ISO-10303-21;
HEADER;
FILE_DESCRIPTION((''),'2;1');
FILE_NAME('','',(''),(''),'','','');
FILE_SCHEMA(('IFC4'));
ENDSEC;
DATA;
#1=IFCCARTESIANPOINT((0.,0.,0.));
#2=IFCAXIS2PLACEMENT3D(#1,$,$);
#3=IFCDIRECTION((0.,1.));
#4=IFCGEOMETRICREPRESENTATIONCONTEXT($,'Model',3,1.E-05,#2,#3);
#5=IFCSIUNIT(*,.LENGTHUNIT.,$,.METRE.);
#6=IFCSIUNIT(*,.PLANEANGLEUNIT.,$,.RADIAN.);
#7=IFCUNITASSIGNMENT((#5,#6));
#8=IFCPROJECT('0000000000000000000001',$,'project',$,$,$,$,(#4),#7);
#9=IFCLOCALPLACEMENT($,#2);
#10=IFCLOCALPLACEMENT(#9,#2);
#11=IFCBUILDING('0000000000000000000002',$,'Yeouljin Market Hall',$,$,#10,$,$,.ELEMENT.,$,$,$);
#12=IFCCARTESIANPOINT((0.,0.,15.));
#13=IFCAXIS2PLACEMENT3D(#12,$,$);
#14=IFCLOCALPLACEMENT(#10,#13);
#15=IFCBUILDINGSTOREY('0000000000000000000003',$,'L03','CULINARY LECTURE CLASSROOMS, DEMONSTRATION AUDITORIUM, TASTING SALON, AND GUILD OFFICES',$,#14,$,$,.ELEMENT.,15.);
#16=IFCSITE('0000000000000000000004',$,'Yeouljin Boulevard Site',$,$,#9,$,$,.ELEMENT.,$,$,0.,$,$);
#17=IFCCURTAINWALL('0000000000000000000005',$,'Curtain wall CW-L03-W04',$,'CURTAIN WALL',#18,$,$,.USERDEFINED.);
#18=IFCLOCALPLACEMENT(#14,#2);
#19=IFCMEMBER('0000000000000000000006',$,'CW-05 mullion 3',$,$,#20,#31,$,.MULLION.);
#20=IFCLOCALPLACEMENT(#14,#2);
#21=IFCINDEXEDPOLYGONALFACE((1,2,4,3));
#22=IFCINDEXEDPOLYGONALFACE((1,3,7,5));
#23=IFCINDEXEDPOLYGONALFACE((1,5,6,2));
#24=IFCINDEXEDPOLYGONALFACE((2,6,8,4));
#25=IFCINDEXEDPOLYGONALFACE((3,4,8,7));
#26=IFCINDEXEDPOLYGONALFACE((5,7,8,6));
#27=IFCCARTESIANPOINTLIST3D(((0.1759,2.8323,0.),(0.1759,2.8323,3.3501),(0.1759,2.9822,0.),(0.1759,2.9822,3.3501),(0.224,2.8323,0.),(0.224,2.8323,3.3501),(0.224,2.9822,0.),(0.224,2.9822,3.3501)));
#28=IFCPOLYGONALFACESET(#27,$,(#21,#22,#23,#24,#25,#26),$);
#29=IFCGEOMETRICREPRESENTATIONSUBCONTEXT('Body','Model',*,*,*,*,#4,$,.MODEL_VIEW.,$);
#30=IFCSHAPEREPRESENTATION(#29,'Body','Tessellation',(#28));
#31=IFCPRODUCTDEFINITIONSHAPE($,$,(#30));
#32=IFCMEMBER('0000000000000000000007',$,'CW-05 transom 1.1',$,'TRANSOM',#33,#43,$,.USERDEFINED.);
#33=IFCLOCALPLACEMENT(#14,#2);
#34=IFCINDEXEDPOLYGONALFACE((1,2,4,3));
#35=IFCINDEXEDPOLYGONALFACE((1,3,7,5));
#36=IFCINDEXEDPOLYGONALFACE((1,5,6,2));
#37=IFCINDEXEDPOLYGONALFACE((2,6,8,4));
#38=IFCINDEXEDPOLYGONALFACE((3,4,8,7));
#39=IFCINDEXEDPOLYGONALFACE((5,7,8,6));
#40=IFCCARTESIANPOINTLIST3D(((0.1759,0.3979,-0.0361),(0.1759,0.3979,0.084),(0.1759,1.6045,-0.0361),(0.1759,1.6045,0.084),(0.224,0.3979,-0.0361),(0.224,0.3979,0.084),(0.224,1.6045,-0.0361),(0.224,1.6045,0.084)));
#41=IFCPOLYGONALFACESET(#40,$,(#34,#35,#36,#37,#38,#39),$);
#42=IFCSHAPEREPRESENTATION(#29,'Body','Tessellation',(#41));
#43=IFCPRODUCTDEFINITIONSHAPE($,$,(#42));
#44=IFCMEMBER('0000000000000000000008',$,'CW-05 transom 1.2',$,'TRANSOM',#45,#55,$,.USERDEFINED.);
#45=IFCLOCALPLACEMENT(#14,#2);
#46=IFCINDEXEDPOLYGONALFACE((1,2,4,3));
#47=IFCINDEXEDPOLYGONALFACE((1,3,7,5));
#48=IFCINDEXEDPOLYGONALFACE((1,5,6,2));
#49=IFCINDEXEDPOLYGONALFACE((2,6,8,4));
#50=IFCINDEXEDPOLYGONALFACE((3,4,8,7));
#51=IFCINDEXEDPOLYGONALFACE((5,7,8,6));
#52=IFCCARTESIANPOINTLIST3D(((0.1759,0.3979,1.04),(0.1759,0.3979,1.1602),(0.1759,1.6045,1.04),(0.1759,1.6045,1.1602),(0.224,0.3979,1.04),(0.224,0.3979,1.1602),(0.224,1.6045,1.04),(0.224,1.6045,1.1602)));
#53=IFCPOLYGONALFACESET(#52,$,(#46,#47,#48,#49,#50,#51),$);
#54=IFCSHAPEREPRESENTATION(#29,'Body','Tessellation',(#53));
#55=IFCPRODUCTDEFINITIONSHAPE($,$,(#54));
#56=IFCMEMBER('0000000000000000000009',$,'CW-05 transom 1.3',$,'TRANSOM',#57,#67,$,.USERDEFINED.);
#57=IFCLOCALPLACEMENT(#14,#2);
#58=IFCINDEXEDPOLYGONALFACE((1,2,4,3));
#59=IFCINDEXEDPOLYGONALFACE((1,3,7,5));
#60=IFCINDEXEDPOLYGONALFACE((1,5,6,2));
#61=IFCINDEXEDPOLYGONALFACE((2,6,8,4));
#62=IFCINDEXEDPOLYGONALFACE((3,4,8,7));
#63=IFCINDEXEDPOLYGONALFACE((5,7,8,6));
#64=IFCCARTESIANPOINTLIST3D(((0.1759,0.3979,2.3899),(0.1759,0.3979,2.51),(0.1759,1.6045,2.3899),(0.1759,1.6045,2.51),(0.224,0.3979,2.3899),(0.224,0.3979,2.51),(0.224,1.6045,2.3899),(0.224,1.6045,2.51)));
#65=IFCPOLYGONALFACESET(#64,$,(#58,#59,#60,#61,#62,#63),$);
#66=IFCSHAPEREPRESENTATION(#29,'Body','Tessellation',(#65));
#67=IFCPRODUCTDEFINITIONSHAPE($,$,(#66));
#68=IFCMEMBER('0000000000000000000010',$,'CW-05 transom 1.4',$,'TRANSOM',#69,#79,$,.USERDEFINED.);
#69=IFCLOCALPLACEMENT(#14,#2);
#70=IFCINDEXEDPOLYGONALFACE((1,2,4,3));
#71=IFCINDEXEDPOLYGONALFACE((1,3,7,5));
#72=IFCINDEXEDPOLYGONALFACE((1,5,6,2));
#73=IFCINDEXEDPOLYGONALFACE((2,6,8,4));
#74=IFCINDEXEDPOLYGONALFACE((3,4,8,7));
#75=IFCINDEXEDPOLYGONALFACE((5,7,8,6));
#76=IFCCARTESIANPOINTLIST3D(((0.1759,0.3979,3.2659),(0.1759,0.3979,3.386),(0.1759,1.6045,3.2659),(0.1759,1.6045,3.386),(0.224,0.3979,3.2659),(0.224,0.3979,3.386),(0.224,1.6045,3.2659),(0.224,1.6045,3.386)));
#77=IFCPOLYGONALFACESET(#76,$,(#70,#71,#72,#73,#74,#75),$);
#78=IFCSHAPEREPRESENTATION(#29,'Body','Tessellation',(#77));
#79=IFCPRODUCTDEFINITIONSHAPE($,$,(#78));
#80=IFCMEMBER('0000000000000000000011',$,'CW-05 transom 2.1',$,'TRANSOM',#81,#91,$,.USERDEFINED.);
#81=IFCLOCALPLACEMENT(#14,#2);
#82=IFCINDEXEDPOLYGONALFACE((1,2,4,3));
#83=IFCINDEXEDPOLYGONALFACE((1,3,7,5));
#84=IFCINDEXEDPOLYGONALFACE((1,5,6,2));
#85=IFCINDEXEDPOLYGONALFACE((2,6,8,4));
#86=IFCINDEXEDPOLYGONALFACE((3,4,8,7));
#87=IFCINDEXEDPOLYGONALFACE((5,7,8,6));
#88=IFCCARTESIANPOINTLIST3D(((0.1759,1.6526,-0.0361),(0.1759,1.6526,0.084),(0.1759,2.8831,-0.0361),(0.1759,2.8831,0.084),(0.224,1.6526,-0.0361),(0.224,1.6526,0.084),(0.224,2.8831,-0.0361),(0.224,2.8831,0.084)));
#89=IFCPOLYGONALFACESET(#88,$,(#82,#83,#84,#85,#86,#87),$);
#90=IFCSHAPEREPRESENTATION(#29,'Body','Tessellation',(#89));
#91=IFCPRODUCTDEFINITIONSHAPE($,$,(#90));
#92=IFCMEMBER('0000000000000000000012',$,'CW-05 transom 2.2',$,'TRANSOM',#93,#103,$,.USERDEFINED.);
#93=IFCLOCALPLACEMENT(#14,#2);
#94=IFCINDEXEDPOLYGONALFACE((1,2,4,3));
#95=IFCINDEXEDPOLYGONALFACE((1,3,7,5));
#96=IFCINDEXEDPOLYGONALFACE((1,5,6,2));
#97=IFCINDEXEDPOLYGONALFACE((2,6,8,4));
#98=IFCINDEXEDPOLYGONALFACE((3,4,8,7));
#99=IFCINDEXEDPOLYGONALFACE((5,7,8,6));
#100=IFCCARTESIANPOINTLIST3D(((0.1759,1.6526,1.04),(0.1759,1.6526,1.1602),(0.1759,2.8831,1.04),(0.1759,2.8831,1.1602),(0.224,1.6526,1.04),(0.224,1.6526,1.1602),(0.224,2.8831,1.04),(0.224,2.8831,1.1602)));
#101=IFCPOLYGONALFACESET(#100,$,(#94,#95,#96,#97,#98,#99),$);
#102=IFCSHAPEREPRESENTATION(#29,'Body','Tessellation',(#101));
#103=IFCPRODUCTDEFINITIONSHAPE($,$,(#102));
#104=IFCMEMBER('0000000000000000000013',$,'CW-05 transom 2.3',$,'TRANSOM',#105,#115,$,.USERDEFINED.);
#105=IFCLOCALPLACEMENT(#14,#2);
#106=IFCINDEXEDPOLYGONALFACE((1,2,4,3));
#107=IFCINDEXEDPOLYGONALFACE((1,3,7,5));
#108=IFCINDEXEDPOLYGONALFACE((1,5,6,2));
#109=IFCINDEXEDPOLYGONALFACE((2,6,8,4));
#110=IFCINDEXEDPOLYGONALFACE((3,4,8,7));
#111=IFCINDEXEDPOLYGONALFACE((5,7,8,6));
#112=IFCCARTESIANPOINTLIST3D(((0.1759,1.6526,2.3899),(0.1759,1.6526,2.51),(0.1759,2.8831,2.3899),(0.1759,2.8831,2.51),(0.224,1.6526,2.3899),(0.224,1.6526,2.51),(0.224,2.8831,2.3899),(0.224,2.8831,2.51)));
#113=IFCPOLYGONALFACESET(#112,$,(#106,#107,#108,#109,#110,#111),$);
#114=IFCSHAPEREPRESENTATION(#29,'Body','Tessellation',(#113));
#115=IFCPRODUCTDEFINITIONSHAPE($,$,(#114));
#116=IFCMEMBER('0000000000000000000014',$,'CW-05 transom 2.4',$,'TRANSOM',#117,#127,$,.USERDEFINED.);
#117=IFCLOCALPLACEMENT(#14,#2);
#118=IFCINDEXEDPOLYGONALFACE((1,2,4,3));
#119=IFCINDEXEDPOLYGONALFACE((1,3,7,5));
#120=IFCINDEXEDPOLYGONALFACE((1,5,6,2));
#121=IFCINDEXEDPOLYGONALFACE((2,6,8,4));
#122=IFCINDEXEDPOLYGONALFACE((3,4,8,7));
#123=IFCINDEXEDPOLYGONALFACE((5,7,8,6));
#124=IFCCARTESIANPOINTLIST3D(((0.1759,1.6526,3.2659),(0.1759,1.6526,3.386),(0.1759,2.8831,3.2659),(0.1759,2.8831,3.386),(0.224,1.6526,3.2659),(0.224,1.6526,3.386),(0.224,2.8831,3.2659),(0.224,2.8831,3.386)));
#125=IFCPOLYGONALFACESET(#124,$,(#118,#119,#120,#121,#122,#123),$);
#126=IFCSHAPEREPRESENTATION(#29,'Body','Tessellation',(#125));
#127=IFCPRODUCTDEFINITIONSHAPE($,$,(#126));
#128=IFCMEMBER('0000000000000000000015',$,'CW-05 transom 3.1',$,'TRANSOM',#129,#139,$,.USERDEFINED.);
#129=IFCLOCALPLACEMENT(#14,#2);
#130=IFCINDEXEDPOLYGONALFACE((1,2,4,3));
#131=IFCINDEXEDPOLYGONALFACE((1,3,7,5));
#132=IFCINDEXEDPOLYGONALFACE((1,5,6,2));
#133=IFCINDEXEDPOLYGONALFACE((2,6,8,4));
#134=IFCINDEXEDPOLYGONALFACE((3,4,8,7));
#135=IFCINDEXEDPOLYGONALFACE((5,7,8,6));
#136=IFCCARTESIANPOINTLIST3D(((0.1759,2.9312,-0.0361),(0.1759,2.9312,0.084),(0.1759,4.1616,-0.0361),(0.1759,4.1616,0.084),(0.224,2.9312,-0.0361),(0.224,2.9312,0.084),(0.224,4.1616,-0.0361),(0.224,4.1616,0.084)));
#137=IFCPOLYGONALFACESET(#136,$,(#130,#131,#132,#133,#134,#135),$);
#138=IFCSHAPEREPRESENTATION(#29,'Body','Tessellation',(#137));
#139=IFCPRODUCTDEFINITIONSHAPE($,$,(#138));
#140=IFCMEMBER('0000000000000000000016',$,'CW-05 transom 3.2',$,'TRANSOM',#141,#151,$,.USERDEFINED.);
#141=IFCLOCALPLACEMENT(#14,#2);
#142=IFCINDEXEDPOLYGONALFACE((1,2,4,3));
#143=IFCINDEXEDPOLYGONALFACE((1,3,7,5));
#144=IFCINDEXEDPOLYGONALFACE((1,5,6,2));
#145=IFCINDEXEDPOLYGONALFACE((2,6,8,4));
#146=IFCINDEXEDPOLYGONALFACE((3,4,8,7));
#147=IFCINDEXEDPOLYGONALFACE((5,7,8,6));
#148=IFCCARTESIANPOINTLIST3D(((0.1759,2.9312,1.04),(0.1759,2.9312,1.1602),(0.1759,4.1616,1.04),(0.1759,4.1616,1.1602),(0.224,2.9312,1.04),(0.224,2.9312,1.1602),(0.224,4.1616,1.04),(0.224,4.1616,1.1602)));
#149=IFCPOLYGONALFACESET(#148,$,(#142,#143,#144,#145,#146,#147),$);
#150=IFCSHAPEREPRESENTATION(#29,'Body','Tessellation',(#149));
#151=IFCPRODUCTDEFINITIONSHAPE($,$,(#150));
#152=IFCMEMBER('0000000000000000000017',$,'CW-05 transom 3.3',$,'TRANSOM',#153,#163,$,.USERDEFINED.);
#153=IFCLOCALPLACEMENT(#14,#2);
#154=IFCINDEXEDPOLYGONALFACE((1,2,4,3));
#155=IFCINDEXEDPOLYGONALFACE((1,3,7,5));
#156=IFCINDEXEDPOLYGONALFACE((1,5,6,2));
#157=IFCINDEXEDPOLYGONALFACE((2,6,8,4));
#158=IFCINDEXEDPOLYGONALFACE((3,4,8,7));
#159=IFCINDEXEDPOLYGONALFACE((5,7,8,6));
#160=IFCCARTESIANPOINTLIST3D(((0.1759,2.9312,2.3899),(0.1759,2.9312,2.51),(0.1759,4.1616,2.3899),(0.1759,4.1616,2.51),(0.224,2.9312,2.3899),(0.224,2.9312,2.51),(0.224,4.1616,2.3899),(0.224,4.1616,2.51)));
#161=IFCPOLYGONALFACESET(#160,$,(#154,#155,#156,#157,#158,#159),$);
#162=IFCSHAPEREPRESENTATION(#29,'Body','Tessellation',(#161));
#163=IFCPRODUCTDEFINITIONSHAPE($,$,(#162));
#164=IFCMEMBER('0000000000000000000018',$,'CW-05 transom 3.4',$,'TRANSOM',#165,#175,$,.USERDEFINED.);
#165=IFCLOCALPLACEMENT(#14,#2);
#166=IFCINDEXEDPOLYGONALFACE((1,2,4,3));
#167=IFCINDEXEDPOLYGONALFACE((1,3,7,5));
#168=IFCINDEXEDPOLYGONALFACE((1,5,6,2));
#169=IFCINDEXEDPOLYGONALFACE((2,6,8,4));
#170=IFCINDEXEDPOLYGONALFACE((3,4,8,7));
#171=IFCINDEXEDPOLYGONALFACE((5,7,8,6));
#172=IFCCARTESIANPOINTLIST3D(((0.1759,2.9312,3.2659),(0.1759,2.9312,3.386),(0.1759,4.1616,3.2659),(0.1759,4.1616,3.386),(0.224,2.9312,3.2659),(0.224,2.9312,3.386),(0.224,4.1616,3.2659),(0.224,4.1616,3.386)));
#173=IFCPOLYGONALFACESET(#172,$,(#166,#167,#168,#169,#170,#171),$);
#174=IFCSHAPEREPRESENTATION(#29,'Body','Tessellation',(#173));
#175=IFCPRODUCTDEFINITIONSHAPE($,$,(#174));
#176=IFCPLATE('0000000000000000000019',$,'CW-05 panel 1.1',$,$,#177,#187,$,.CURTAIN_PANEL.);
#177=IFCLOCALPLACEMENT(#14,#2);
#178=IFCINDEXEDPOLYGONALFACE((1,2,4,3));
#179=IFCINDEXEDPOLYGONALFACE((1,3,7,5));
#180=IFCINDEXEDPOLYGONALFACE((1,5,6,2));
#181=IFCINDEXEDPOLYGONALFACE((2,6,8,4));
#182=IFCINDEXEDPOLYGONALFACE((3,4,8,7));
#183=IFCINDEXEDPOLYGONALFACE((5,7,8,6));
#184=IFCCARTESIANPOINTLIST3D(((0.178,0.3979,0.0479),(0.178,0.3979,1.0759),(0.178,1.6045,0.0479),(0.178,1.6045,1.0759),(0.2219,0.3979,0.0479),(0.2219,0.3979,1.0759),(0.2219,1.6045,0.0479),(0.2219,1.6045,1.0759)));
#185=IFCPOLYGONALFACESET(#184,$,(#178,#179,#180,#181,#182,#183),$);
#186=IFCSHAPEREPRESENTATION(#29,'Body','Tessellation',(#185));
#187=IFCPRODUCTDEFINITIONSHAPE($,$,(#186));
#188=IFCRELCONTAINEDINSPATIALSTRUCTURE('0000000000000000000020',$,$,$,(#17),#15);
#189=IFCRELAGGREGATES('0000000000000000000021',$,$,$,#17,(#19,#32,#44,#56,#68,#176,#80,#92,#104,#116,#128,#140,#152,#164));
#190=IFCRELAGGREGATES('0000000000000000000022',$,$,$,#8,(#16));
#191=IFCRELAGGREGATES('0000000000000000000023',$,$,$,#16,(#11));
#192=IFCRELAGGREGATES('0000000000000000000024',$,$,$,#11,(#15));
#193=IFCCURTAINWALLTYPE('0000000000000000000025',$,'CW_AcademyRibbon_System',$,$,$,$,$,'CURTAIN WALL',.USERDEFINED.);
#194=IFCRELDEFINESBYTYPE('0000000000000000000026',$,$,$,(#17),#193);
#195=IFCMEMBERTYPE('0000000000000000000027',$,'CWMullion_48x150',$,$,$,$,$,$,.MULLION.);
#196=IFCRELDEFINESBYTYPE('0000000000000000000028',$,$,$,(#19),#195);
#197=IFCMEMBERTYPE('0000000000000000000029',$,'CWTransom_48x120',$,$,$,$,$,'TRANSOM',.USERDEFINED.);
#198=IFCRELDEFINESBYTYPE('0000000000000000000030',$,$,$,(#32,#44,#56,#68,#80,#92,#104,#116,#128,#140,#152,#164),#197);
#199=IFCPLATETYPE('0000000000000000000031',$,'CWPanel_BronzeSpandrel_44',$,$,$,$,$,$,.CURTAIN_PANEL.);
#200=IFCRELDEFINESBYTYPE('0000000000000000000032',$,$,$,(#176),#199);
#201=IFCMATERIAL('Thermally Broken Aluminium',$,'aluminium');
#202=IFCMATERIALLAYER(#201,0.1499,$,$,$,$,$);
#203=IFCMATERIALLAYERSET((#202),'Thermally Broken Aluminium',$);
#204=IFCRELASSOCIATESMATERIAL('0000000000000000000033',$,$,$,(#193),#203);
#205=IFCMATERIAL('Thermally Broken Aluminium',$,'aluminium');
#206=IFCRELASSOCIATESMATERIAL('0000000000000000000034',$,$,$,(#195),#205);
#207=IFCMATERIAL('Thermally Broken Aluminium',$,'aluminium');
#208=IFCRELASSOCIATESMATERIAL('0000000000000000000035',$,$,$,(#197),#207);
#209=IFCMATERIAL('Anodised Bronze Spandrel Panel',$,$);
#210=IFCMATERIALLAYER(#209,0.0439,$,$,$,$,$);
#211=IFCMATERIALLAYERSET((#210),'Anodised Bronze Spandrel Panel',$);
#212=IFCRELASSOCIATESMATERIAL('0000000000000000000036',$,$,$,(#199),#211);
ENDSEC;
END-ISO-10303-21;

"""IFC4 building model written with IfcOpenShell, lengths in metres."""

from ifc_helpers import new_model, si_unit, direction, frame, origin, origin_2d, place, context, subcontext, project, spatial, rectangle, extrude, material, layer, layer_set, material_profile, profile_set, type_object, element, aggregate, save


model = new_model("IFC4")

# Units and contexts
model_context = context("Model", 3, precision=1e-05, world=origin(), true_north=direction((0.0, 1.0)))
body_context = subcontext(model_context, "Body", "Model", "MODEL_VIEW")
ifc_project = project(units=[si_unit("LENGTHUNIT", "METRE"), si_unit("PLANEANGLEUNIT", "RADIAN")], contexts=[model_context])

# Site, building, storey
site_placement = place(None, origin())
site = spatial("IfcSite", under=ifc_project, at=site_placement, Name="Yeouljin Boulevard Site", CompositionType="ELEMENT", RefElevation=0.0)
building_placement = place(site_placement, origin())
building = spatial("IfcBuilding", under=site, at=building_placement, Name="Yeouljin Market Hall", CompositionType="ELEMENT")
storey_placement = place(building_placement, frame((0.0, 0.0, 15.0)))
storey = spatial("IfcBuildingStorey", under=building, at=storey_placement, Name="L03", Description="CULINARY LECTURE CLASSROOMS, DEMONSTRATION AUDITORIUM, TASTING SALON, AND GUILD OFFICES", CompositionType="ELEMENT", Elevation=15.0)

# Curtain wall, members, plate
ifc_material_1 = material(Name="Thermally Broken Aluminium", Category="aluminium")
ifc_layer_1 = layer(ifc_material_1, 0.1499)
ifc_layer_set_1 = layer_set([ifc_layer_1], Name="Thermally Broken Aluminium")
curtain_wall_type = type_object("IfcCurtainWallType", Name="CW_AcademyRibbon_System", ElementType="CURTAIN WALL", PredefinedType="USERDEFINED", material=ifc_layer_set_1)
curtain_wall_placement = place(storey_placement, origin())
curtain_wall = element("IfcCurtainWall", 1, at=curtain_wall_placement, inside=storey, type_object=curtain_wall_type, Name="Curtain wall CW-L03-W04", ObjectType="CURTAIN WALL", PredefinedType="USERDEFINED")
ifc_material_2 = material(Name="Thermally Broken Aluminium", Category="aluminium")
ifc_material_profile_1 = material_profile(ifc_material_2, rectangle(XDim=0.0481, YDim=0.1499, at=origin_2d()), Name="CW-MULL-48x150")
ifc_profile_set_1 = profile_set([ifc_material_profile_1], Name="Thermally Broken Aluminium")
member_type_1 = type_object("IfcMemberType", Name="CWMullion_48x150", PredefinedType="MULLION", material=ifc_profile_set_1)
member_1_placement = place(storey_placement, frame((0.2, 2.9072, 0.0), z_axis=(0.0, 0.0, 1.0), x_axis=(-1.0, 0.0, 0.0)))
member_1 = element("IfcMember", 2, at=member_1_placement, type_object=member_type_1, Name="CW-05 mullion 3", PredefinedType="MULLION", context=body_context, shape_type="SweptSolid", body=[
    extrude(rectangle(XDim=0.0481, YDim=0.1499, at=origin_2d()), origin(), (0.0, 0.0, 1.0), 3.3501),
])
ifc_material_3 = material(Name="Thermally Broken Aluminium", Category="aluminium")
ifc_material_profile_2 = material_profile(ifc_material_3, rectangle(XDim=0.0481, YDim=0.1201, at=origin_2d()), Name="CW-TRAN-48x120")
ifc_profile_set_2 = profile_set([ifc_material_profile_2], Name="Thermally Broken Aluminium")
member_type_2 = type_object("IfcMemberType", Name="CWTransom_48x120", ElementType="TRANSOM", PredefinedType="USERDEFINED", material=ifc_profile_set_2)
member_2_placement = place(storey_placement, frame((0.2, 0.3979, 0.0239), z_axis=(0.0, 1.0, 0.0), x_axis=(-1.0, 0.0, 0.0)))
member_2 = element("IfcMember", 3, at=member_2_placement, type_object=member_type_2, Name="CW-05 transom 1.1", ObjectType="TRANSOM", PredefinedType="USERDEFINED", context=body_context, shape_type="SweptSolid", body=[
    extrude(rectangle(XDim=0.0481, YDim=0.1201, at=origin_2d()), origin(), (0.0, 0.0, 1.0), 1.2065),
])
member_3_placement = place(storey_placement, frame((0.2, 0.3979, 1.1001), z_axis=(0.0, 1.0, 0.0), x_axis=(-1.0, 0.0, 0.0)))
member_3 = element("IfcMember", 4, at=member_3_placement, type_object=member_type_2, Name="CW-05 transom 1.2", ObjectType="TRANSOM", PredefinedType="USERDEFINED", context=body_context, shape_type="SweptSolid", body=[
    extrude(rectangle(XDim=0.0481, YDim=0.1201, at=origin_2d()), origin(), (0.0, 0.0, 1.0), 1.2065),
])
member_4_placement = place(storey_placement, frame((0.2, 0.3979, 2.45), z_axis=(0.0, 1.0, 0.0), x_axis=(-1.0, 0.0, 0.0)))
member_4 = element("IfcMember", 5, at=member_4_placement, type_object=member_type_2, Name="CW-05 transom 1.3", ObjectType="TRANSOM", PredefinedType="USERDEFINED", context=body_context, shape_type="SweptSolid", body=[
    extrude(rectangle(XDim=0.0481, YDim=0.1201, at=origin_2d()), origin(), (0.0, 0.0, 1.0), 1.2065),
])
member_5_placement = place(storey_placement, frame((0.2, 0.3979, 3.3259), z_axis=(0.0, 1.0, 0.0), x_axis=(-1.0, 0.0, 0.0)))
member_5 = element("IfcMember", 6, at=member_5_placement, type_object=member_type_2, Name="CW-05 transom 1.4", ObjectType="TRANSOM", PredefinedType="USERDEFINED", context=body_context, shape_type="SweptSolid", body=[
    extrude(rectangle(XDim=0.0481, YDim=0.1201, at=origin_2d()), origin(), (0.0, 0.0, 1.0), 1.2065),
])
member_6_placement = place(storey_placement, frame((0.2, 1.6526, 0.0239), z_axis=(0.0, 1.0, 0.0), x_axis=(-1.0, 0.0, 0.0)))
member_6 = element("IfcMember", 7, at=member_6_placement, type_object=member_type_2, Name="CW-05 transom 2.1", ObjectType="TRANSOM", PredefinedType="USERDEFINED", context=body_context, shape_type="SweptSolid", body=[
    extrude(rectangle(XDim=0.0481, YDim=0.1201, at=origin_2d()), origin(), (0.0, 0.0, 1.0), 1.2305),
])
member_7_placement = place(storey_placement, frame((0.2, 1.6526, 1.1001), z_axis=(0.0, 1.0, 0.0), x_axis=(-1.0, 0.0, 0.0)))
member_7 = element("IfcMember", 8, at=member_7_placement, type_object=member_type_2, Name="CW-05 transom 2.2", ObjectType="TRANSOM", PredefinedType="USERDEFINED", context=body_context, shape_type="SweptSolid", body=[
    extrude(rectangle(XDim=0.0481, YDim=0.1201, at=origin_2d()), origin(), (0.0, 0.0, 1.0), 1.2305),
])
member_8_placement = place(storey_placement, frame((0.2, 1.6526, 2.45), z_axis=(0.0, 1.0, 0.0), x_axis=(-1.0, 0.0, 0.0)))
member_8 = element("IfcMember", 9, at=member_8_placement, type_object=member_type_2, Name="CW-05 transom 2.3", ObjectType="TRANSOM", PredefinedType="USERDEFINED", context=body_context, shape_type="SweptSolid", body=[
    extrude(rectangle(XDim=0.0481, YDim=0.1201, at=origin_2d()), origin(), (0.0, 0.0, 1.0), 1.2305),
])
member_9_placement = place(storey_placement, frame((0.2, 1.6526, 3.3259), z_axis=(0.0, 1.0, 0.0), x_axis=(-1.0, 0.0, 0.0)))
member_9 = element("IfcMember", 10, at=member_9_placement, type_object=member_type_2, Name="CW-05 transom 2.4", ObjectType="TRANSOM", PredefinedType="USERDEFINED", context=body_context, shape_type="SweptSolid", body=[
    extrude(rectangle(XDim=0.0481, YDim=0.1201, at=origin_2d()), origin(), (0.0, 0.0, 1.0), 1.2305),
])
member_10_placement = place(storey_placement, frame((0.2, 2.9312, 0.0239), z_axis=(0.0, 1.0, 0.0), x_axis=(-1.0, 0.0, 0.0)))
member_10 = element("IfcMember", 11, at=member_10_placement, type_object=member_type_2, Name="CW-05 transom 3.1", ObjectType="TRANSOM", PredefinedType="USERDEFINED", context=body_context, shape_type="SweptSolid", body=[
    extrude(rectangle(XDim=0.0481, YDim=0.1201, at=origin_2d()), origin(), (0.0, 0.0, 1.0), 1.2305),
])
member_11_placement = place(storey_placement, frame((0.2, 2.9312, 1.1001), z_axis=(0.0, 1.0, 0.0), x_axis=(-1.0, 0.0, 0.0)))
member_11 = element("IfcMember", 12, at=member_11_placement, type_object=member_type_2, Name="CW-05 transom 3.2", ObjectType="TRANSOM", PredefinedType="USERDEFINED", context=body_context, shape_type="SweptSolid", body=[
    extrude(rectangle(XDim=0.0481, YDim=0.1201, at=origin_2d()), origin(), (0.0, 0.0, 1.0), 1.2305),
])
member_12_placement = place(storey_placement, frame((0.2, 2.9312, 2.45), z_axis=(0.0, 1.0, 0.0), x_axis=(-1.0, 0.0, 0.0)))
member_12 = element("IfcMember", 13, at=member_12_placement, type_object=member_type_2, Name="CW-05 transom 3.3", ObjectType="TRANSOM", PredefinedType="USERDEFINED", context=body_context, shape_type="SweptSolid", body=[
    extrude(rectangle(XDim=0.0481, YDim=0.1201, at=origin_2d()), origin(), (0.0, 0.0, 1.0), 1.2305),
])
member_13_placement = place(storey_placement, frame((0.2, 2.9312, 3.3259), z_axis=(0.0, 1.0, 0.0), x_axis=(-1.0, 0.0, 0.0)))
member_13 = element("IfcMember", 14, at=member_13_placement, type_object=member_type_2, Name="CW-05 transom 3.4", ObjectType="TRANSOM", PredefinedType="USERDEFINED", context=body_context, shape_type="SweptSolid", body=[
    extrude(rectangle(XDim=0.0481, YDim=0.1201, at=origin_2d()), origin(), (0.0, 0.0, 1.0), 1.2305),
])
ifc_material_4 = material(Name="Anodised Bronze Spandrel Panel")
ifc_layer_2 = layer(ifc_material_4, 0.0439)
ifc_layer_set_2 = layer_set([ifc_layer_2], Name="Anodised Bronze Spandrel Panel")
plate_type = type_object("IfcPlateType", Name="CWPanel_BronzeSpandrel_44", PredefinedType="CURTAIN_PANEL", material=ifc_layer_set_2)
plate_1_placement = place(storey_placement, frame((0.2, 1.0012, 0.0479), z_axis=(0.0, 0.0, 1.0), x_axis=(0.0, 1.0, 0.0)))
plate_1 = element("IfcPlate", 15, at=plate_1_placement, type_object=plate_type, Name="CW-05 panel 1.1", PredefinedType="CURTAIN_PANEL", context=body_context, shape_type="SweptSolid", body=[
    extrude(rectangle(XDim=1.2065, YDim=0.0439, at=origin_2d()), origin(), (0.0, 0.0, 1.0), 1.0281),
])
aggregate(curtain_wall, [member_1, member_2, member_3, member_4, member_5, plate_1, member_6, member_7, member_8, member_9, member_10, member_11, member_12, member_13])

save(model, "model.ifc")
